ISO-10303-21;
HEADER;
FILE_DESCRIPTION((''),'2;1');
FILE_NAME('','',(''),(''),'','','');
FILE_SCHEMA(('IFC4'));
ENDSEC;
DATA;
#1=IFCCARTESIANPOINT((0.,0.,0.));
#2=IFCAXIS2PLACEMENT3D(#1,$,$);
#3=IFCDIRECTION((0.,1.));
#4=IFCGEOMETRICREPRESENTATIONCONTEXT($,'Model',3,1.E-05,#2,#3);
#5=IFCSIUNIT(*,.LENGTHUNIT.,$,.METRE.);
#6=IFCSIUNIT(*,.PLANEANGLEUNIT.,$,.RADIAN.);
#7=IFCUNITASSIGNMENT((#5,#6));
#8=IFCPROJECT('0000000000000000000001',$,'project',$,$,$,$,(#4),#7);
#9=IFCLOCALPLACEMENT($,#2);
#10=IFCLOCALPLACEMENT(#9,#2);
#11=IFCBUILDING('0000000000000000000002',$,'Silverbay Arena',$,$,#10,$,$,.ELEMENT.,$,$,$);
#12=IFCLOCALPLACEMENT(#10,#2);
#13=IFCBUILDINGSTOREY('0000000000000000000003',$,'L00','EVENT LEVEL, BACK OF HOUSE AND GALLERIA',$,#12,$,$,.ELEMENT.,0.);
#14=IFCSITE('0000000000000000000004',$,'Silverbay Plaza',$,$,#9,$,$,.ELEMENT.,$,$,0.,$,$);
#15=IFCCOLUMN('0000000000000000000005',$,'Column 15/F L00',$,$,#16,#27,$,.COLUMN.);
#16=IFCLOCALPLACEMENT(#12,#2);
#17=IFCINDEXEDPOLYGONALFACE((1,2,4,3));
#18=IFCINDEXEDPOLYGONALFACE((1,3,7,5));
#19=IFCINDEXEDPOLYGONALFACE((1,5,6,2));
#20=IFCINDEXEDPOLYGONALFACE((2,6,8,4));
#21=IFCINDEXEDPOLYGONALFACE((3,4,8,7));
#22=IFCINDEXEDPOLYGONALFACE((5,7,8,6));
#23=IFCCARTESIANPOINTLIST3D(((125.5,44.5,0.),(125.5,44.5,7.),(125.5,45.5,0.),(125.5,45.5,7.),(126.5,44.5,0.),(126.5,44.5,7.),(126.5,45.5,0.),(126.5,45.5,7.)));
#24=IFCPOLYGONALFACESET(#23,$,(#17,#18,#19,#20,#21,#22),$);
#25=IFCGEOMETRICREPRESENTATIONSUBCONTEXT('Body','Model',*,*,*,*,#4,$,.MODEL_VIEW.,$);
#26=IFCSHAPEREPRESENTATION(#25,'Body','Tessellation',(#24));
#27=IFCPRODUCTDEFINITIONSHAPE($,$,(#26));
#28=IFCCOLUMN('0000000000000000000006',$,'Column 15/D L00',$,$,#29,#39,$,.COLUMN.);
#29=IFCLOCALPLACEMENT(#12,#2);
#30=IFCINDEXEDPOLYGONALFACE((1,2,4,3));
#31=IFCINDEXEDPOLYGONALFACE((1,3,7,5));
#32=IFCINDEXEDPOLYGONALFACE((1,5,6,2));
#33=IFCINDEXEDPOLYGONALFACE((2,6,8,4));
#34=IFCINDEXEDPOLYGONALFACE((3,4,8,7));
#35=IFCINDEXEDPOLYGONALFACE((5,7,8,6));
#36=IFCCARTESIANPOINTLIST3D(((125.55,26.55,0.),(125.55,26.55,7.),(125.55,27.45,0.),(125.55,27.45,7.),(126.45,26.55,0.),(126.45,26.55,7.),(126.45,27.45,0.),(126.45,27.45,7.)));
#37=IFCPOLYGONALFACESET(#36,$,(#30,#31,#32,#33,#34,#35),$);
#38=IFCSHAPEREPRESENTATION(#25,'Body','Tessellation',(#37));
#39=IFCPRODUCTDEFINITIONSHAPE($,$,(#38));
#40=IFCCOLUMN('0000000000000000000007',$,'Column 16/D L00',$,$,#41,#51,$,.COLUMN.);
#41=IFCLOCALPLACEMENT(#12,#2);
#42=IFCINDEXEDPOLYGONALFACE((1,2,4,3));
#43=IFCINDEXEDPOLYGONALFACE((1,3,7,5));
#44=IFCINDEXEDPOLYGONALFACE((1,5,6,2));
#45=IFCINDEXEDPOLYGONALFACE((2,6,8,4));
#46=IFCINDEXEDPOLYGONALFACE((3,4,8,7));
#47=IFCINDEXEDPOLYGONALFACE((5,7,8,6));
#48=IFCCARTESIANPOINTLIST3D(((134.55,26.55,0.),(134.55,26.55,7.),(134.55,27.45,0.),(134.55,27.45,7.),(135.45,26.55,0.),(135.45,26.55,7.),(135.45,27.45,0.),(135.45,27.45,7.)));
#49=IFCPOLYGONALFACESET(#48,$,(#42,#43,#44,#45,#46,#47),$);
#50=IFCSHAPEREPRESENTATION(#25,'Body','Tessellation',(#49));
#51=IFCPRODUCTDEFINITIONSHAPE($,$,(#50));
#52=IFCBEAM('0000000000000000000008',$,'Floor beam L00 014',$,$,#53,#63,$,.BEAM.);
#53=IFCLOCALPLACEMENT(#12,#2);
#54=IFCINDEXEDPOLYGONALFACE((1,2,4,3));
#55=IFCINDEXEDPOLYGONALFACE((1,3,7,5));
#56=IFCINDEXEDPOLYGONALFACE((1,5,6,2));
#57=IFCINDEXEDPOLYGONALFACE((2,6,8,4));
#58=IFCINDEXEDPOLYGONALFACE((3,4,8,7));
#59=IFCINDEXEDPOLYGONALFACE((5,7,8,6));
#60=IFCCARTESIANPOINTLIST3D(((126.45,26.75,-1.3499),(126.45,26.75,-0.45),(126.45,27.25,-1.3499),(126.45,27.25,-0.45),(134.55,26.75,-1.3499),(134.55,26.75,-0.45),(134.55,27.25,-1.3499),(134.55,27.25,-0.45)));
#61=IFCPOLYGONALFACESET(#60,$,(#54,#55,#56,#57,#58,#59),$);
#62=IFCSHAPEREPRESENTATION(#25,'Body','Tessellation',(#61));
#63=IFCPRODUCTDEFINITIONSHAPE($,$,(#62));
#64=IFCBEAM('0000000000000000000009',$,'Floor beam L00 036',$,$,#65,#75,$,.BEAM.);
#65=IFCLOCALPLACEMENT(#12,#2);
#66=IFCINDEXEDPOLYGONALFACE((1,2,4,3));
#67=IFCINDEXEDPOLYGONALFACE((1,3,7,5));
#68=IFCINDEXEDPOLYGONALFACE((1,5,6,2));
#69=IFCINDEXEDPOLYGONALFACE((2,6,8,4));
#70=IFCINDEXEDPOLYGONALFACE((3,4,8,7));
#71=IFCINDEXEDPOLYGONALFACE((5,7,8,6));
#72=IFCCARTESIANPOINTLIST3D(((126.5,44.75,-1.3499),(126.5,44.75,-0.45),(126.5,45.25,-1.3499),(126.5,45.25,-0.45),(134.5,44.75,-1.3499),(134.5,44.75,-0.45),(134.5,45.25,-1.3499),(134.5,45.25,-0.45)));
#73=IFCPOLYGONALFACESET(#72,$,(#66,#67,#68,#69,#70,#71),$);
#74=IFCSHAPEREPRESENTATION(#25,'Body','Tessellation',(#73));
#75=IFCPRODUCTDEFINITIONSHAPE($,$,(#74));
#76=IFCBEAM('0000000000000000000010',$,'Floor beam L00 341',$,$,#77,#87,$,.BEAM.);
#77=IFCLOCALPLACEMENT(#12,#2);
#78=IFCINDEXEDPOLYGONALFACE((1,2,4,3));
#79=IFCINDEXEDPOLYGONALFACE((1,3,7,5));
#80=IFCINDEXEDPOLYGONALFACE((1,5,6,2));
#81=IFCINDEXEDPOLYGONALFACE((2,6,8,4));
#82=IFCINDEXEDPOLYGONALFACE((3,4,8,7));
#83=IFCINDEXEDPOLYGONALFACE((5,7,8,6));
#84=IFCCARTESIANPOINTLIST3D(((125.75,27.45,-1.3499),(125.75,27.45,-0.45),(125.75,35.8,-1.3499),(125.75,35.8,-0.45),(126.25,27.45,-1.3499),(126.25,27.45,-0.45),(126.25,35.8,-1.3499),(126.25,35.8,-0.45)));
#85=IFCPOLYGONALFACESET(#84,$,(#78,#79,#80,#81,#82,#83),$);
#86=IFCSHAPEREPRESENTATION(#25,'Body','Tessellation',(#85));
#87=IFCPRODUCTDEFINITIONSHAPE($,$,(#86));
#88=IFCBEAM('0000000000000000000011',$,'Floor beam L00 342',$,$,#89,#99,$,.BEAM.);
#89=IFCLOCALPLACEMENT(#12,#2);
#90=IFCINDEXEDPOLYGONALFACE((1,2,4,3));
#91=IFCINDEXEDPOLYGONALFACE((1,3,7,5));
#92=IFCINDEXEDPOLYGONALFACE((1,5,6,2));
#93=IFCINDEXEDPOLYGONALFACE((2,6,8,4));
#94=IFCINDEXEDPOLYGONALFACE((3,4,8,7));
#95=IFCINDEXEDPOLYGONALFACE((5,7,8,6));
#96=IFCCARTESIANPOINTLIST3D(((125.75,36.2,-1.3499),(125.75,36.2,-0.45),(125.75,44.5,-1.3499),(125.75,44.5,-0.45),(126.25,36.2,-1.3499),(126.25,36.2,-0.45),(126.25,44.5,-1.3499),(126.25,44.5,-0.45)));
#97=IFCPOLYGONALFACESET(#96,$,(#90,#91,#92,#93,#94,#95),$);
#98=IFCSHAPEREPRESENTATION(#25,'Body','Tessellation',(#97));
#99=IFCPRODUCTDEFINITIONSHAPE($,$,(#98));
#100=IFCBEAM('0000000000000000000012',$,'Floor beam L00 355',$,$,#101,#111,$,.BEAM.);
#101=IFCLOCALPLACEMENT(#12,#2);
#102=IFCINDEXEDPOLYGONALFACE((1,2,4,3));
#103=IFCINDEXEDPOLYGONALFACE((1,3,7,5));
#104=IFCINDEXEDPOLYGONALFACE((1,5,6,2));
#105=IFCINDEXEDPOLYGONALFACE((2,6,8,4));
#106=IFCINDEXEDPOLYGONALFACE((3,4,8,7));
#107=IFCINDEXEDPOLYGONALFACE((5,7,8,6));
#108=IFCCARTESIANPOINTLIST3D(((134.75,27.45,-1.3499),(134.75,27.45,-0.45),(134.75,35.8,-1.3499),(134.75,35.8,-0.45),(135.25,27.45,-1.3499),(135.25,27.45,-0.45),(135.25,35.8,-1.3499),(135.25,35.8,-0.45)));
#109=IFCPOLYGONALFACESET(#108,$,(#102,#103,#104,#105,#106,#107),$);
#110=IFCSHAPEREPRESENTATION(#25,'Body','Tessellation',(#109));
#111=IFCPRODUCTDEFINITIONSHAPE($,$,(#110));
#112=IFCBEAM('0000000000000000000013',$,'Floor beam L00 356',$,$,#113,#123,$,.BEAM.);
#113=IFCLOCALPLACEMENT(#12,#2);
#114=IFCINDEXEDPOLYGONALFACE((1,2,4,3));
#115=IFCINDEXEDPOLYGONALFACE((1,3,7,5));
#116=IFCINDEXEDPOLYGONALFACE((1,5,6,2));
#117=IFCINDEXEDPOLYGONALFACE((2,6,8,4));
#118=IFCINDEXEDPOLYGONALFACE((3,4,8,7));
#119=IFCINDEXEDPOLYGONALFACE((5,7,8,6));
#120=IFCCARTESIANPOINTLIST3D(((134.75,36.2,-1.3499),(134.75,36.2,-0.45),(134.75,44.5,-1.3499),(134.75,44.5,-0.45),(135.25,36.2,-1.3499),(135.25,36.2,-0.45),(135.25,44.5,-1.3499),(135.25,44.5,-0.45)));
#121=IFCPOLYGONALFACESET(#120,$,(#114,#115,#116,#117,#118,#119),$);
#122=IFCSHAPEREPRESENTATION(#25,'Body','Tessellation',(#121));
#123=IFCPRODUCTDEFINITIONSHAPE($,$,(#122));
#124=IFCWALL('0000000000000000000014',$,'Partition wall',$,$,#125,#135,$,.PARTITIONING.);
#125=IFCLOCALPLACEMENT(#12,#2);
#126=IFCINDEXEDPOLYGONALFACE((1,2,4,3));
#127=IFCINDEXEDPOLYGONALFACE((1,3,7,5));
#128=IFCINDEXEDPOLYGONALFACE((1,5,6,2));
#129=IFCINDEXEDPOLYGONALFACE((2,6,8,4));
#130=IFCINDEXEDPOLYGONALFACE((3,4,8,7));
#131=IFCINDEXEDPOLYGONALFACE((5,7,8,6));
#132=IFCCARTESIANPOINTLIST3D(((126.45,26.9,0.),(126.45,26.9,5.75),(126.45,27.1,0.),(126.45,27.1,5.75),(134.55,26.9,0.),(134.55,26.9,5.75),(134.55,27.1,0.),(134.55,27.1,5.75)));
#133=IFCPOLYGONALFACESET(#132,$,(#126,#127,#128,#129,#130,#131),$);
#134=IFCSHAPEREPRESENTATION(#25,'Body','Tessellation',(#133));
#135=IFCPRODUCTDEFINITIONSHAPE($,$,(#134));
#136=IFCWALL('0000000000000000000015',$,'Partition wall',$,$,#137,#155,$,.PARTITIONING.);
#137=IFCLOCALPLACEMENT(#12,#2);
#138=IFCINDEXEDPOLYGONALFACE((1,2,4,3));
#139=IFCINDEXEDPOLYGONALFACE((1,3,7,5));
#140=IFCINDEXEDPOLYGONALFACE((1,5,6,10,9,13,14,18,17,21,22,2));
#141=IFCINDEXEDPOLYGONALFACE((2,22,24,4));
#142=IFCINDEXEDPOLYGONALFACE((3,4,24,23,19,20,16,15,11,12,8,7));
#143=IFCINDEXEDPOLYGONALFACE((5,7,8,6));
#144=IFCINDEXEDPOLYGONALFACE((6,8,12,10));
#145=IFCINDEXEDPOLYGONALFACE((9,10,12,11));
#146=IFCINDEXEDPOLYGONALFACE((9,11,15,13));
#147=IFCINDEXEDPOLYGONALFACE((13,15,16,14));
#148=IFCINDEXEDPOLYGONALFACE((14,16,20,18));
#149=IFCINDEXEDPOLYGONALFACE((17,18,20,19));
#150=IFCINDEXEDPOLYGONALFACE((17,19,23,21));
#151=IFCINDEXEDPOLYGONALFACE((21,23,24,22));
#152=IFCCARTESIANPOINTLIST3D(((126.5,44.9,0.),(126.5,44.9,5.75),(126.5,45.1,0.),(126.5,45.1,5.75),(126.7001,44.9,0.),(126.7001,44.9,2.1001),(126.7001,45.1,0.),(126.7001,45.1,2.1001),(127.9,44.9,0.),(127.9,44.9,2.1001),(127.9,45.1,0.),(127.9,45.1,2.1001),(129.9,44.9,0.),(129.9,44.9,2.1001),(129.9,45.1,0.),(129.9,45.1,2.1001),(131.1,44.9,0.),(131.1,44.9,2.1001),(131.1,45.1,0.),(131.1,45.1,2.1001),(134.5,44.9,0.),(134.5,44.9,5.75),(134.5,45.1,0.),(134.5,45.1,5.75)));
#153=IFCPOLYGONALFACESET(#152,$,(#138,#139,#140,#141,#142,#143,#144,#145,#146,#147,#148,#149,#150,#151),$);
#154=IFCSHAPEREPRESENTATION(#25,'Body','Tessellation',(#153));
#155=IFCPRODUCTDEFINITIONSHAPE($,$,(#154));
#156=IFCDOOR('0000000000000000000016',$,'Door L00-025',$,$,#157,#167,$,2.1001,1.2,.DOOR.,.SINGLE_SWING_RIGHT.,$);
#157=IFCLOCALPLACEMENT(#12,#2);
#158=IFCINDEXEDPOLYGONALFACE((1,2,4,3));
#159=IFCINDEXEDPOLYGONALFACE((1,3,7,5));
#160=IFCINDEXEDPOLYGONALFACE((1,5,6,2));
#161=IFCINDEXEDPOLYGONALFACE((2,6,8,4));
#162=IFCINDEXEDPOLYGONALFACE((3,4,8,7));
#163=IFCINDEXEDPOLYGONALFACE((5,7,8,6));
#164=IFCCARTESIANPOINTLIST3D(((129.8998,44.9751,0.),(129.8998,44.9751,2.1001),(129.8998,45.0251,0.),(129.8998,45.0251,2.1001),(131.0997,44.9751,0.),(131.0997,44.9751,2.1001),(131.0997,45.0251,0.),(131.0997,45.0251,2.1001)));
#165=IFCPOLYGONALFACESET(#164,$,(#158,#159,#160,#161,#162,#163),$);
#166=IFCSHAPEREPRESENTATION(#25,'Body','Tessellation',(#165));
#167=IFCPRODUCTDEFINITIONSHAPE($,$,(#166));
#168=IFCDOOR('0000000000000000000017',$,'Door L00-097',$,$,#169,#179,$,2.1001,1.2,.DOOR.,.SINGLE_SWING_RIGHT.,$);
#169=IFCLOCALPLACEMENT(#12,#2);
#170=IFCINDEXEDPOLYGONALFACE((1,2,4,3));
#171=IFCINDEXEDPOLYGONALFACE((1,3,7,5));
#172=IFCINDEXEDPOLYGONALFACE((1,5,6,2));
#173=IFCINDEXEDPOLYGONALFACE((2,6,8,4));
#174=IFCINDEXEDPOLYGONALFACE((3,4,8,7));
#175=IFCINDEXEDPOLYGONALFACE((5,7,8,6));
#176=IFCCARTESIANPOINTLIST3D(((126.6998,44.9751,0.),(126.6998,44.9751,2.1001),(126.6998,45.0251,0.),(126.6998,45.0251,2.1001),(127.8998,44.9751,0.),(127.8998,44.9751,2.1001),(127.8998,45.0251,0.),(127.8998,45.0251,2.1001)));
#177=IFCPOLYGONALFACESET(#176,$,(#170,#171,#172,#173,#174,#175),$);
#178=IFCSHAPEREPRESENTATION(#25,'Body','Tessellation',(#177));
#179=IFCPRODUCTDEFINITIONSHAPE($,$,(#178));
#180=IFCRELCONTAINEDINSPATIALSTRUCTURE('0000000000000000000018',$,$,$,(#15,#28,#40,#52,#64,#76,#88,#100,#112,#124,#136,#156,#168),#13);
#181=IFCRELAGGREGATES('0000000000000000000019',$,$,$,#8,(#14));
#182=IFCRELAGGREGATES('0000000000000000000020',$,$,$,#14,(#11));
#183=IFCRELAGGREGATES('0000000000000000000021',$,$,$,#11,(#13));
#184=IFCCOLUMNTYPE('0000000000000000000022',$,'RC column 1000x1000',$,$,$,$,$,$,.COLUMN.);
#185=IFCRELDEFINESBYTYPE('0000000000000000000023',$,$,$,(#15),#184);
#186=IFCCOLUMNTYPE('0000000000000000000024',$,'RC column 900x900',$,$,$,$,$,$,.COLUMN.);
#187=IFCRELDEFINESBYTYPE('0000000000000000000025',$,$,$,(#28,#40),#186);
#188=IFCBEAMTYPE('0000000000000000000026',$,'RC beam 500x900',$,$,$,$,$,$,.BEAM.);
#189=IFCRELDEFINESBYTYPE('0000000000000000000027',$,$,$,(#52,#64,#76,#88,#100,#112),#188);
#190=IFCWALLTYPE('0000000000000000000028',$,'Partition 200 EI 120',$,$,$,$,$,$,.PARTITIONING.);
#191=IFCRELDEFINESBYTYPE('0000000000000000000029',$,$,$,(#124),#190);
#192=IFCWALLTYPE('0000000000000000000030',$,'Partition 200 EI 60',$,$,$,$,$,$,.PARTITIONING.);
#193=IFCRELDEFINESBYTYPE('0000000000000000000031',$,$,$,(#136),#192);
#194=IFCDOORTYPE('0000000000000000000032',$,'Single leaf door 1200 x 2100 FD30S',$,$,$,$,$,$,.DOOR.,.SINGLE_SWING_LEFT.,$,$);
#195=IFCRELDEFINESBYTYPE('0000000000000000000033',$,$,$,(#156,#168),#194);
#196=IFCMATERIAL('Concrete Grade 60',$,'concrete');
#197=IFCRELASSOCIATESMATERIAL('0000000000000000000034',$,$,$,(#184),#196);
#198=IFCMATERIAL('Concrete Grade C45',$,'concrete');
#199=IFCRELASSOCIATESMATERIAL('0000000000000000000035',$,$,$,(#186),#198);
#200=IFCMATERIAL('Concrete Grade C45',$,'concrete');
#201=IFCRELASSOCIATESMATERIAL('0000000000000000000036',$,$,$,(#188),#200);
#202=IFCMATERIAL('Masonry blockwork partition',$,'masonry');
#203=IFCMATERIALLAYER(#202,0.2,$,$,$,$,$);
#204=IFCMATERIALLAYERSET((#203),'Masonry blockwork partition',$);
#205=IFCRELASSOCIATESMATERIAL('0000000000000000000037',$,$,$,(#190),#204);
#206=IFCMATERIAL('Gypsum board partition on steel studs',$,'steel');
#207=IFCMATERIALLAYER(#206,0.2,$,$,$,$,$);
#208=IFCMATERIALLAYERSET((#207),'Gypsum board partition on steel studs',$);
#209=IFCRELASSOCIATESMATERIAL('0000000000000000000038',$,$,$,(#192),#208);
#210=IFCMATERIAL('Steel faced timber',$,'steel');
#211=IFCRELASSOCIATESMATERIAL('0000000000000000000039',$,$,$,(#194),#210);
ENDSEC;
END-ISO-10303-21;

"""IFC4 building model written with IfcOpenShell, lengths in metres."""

from ifc_helpers import new_model, si_unit, direction, frame, frame_2d, origin, origin_2d, place, context, subcontext, project, spatial, rectangle, extrude, material, layer, layer_set, material_profile, profile_set, type_object, element, fill, save


model = new_model("IFC4")

# Units and contexts
model_context = context("Model", 3, precision=1e-05, world=origin(), true_north=direction((0.0, 1.0)))
body_context = subcontext(model_context, "Body", "Model", "MODEL_VIEW")
ifc_project = project(units=[si_unit("LENGTHUNIT", "METRE"), si_unit("PLANEANGLEUNIT", "RADIAN")], contexts=[model_context])

# Site, building, storey
site_placement = place(None, origin())
site = spatial("IfcSite", under=ifc_project, at=site_placement, Name="Silverbay Plaza", CompositionType="ELEMENT", RefElevation=0.0)
building_placement = place(site_placement, origin())
building = spatial("IfcBuilding", under=site, at=building_placement, Name="Silverbay Arena", CompositionType="ELEMENT")
storey_placement = place(building_placement, origin())
storey = spatial("IfcBuildingStorey", under=building, at=storey_placement, Name="L00", Description="EVENT LEVEL, BACK OF HOUSE AND GALLERIA", CompositionType="ELEMENT", Elevation=0.0)

# Columns
ifc_material_1 = material(Name="Concrete Grade 60", Category="concrete")
ifc_material_profile_1 = material_profile(ifc_material_1, rectangle(XDim=1.0, YDim=1.0, at=origin_2d()), Name="RC 1000x1000")
ifc_profile_set_1 = profile_set([ifc_material_profile_1], Name="Concrete Grade 60")
column_type_1 = type_object("IfcColumnType", Name="RC column 1000x1000", PredefinedType="COLUMN", material=ifc_profile_set_1)
column_placement = place(storey_placement, frame((126.0, 45.0, 0.0), z_axis=(0.0, 0.0, 1.0), x_axis=(1.0, 0.0, 0.0)))
element("IfcColumn", 1, at=column_placement, inside=storey, type_object=column_type_1, Name="Column 15/F L00", PredefinedType="COLUMN", context=body_context, shape_type="SweptSolid", body=[
    extrude(rectangle(XDim=1.0, YDim=1.0, at=origin_2d()), origin(), (0.0, 0.0, 1.0), 7.0),
])
ifc_material_2 = material(Name="Concrete Grade C45", Category="concrete")
ifc_material_profile_2 = material_profile(ifc_material_2, rectangle(XDim=0.8999, YDim=0.8999, at=origin_2d()), Name="RC 900x900")
ifc_profile_set_2 = profile_set([ifc_material_profile_2], Name="Concrete Grade C45")
column_type_2 = type_object("IfcColumnType", Name="RC column 900x900", PredefinedType="COLUMN", material=ifc_profile_set_2)
for number, where, z_axis, x_axis, name in (
    (2, (126.0, 27.0, 0.0), (0.0, 0.0, 1.0), (1.0, 0.0, 0.0), "Column 15/D L00"),
    (3, (135.0, 27.0, 0.0), (0.0, 0.0, 1.0), (1.0, 0.0, 0.0), "Column 16/D L00"),
):
    element("IfcColumn", number, at=place(storey_placement, frame(where, z_axis=z_axis, x_axis=x_axis)), inside=storey, type_object=column_type_2, Name=name, PredefinedType="COLUMN", context=body_context, shape_type="SweptSolid", body=[
        extrude(rectangle(XDim=0.8999, YDim=0.8999, at=origin_2d()), origin(), (0.0, 0.0, 1.0), 7.0),
    ])

# Beams
ifc_material_3 = material(Name="Concrete Grade C45", Category="concrete")
ifc_material_profile_3 = material_profile(ifc_material_3, rectangle(XDim=0.5, YDim=0.8999, at=origin_2d()), Name="RC 500x900")
ifc_profile_set_3 = profile_set([ifc_material_profile_3], Name="Concrete Grade C45")
beam_type = type_object("IfcBeamType", Name="RC beam 500x900", PredefinedType="BEAM", material=ifc_profile_set_3)
beam_1_placement = place(storey_placement, frame((126.45, 27.0, -0.8999), z_axis=(1.0, 0.0, 0.0), x_axis=(0.0, 1.0, 0.0)))
element("IfcBeam", 4, at=beam_1_placement, inside=storey, type_object=beam_type, Name="Floor beam L00 014", PredefinedType="BEAM", context=body_context, shape_type="SweptSolid", body=[
    extrude(rectangle(XDim=0.5, YDim=0.8999, at=origin_2d()), origin(), (0.0, 0.0, 1.0), 8.1001),
])
beam_2_placement = place(storey_placement, frame((126.5, 45.0, -0.8999), z_axis=(1.0, 0.0, 0.0), x_axis=(0.0, 1.0, 0.0)))
element("IfcBeam", 5, at=beam_2_placement, inside=storey, type_object=beam_type, Name="Floor beam L00 036", PredefinedType="BEAM", context=body_context, shape_type="SweptSolid", body=[
    extrude(rectangle(XDim=0.5, YDim=0.8999, at=origin_2d()), origin(), (0.0, 0.0, 1.0), 8.0),
])
beam_3_placement = place(storey_placement, frame((126.0, 27.45, -0.8999), z_axis=(0.0, 1.0, 0.0), x_axis=(-1.0, 0.0, 0.0)))
element("IfcBeam", 6, at=beam_3_placement, inside=storey, type_object=beam_type, Name="Floor beam L00 341", PredefinedType="BEAM", context=body_context, shape_type="SweptSolid", body=[
    extrude(rectangle(XDim=0.5, YDim=0.8999, at=origin_2d()), origin(), (0.0, 0.0, 1.0), 8.3501),
])
beam_4_placement = place(storey_placement, frame((126.0, 36.2, -0.8999), z_axis=(0.0, 1.0, 0.0), x_axis=(-1.0, 0.0, 0.0)))
element("IfcBeam", 7, at=beam_4_placement, inside=storey, type_object=beam_type, Name="Floor beam L00 342", PredefinedType="BEAM", context=body_context, shape_type="SweptSolid", body=[
    extrude(rectangle(XDim=0.5, YDim=0.8999, at=origin_2d()), origin(), (0.0, 0.0, 1.0), 8.3),
])
beam_5_placement = place(storey_placement, frame((135.0, 27.45, -0.8999), z_axis=(0.0, 1.0, 0.0), x_axis=(-1.0, 0.0, 0.0)))
element("IfcBeam", 8, at=beam_5_placement, inside=storey, type_object=beam_type, Name="Floor beam L00 355", PredefinedType="BEAM", context=body_context, shape_type="SweptSolid", body=[
    extrude(rectangle(XDim=0.5, YDim=0.8999, at=origin_2d()), origin(), (0.0, 0.0, 1.0), 8.3501),
])
beam_6_placement = place(storey_placement, frame((135.0, 36.2, -0.8999), z_axis=(0.0, 1.0, 0.0), x_axis=(-1.0, 0.0, 0.0)))
element("IfcBeam", 9, at=beam_6_placement, inside=storey, type_object=beam_type, Name="Floor beam L00 356", PredefinedType="BEAM", context=body_context, shape_type="SweptSolid", body=[
    extrude(rectangle(XDim=0.5, YDim=0.8999, at=origin_2d()), origin(), (0.0, 0.0, 1.0), 8.3),
])

# Wall
ifc_material_4 = material(Name="Masonry blockwork partition", Category="masonry")
ifc_layer_1 = layer(ifc_material_4, 0.2)
ifc_layer_set_1 = layer_set([ifc_layer_1], Name="Masonry blockwork partition")
wall_type_1 = type_object("IfcWallType", Name="Partition 200 EI 120", PredefinedType="PARTITIONING", material=ifc_layer_set_1)
wall_1_placement = place(storey_placement, frame((126.45, 27.0, 0.0), z_axis=(0.0, 0.0, 1.0), x_axis=(1.0, 0.0, 0.0)))
element("IfcWall", 10, at=wall_1_placement, inside=storey, type_object=wall_type_1, Name="Partition wall", PredefinedType="PARTITIONING", context=body_context, shape_type="SweptSolid", body=[
    extrude(rectangle(XDim=8.1001, YDim=0.2, at=frame_2d((4.05, 0.0))), origin(), (0.0, 0.0, 1.0), 5.75),
])

# Wall, openings, doors
ifc_material_5 = material(Name="Gypsum board partition on steel studs", Category="steel")
ifc_layer_2 = layer(ifc_material_5, 0.2)
ifc_layer_set_2 = layer_set([ifc_layer_2], Name="Gypsum board partition on steel studs")
wall_type_2 = type_object("IfcWallType", Name="Partition 200 EI 60", PredefinedType="PARTITIONING", material=ifc_layer_set_2)
wall_2_placement = place(storey_placement, frame((126.5, 45.0, 0.0), z_axis=(0.0, 0.0, 1.0), x_axis=(1.0, 0.0, 0.0)))
wall_2 = element("IfcWall", 11, at=wall_2_placement, inside=storey, type_object=wall_type_2, Name="Partition wall", PredefinedType="PARTITIONING", context=body_context, shape_type="SweptSolid", body=[
    extrude(rectangle(XDim=8.0, YDim=0.2, at=frame_2d((4.0, 0.0))), origin(), (0.0, 0.0, 1.0), 5.75),
])
opening_1_placement = place(wall_2_placement, frame((3.3999, 0.0, 0.0)))
opening_1 = element("IfcOpeningElement", 12, at=opening_1_placement, cuts=wall_2, PredefinedType="OPENING", context=body_context, shape_type="SweptSolid", body=[
    extrude(rectangle(XDim=1.2, YDim=2.1001, at=frame_2d((0.6001, 1.05))), frame((0.0, 0.1099, 0.0), z_axis=(0.0, -1.0, 0.0), x_axis=(1.0, 0.0, 0.0)), (0.0, 0.0, 1.0), 0.22),
])
opening_2_placement = place(wall_2_placement, frame((0.2, 0.0, 0.0)))
opening_2 = element("IfcOpeningElement", 13, at=opening_2_placement, cuts=wall_2, PredefinedType="OPENING", context=body_context, shape_type="SweptSolid", body=[
    extrude(rectangle(XDim=1.2, YDim=2.1001, at=frame_2d((0.6001, 1.05))), frame((0.0, 0.1099, 0.0), z_axis=(0.0, -1.0, 0.0), x_axis=(1.0, 0.0, 0.0)), (0.0, 0.0, 1.0), 0.22),
])
ifc_material_6 = material(Name="Steel faced timber", Category="steel")
door_type_1 = type_object("IfcDoorType", Name="Single leaf door 1200 x 2100 FD30S", OperationType="SINGLE_SWING_LEFT", PredefinedType="DOOR", material=ifc_material_6)
door_1_placement = place(opening_1_placement, frame((1.2, 0.0, 0.0), z_axis=(0.0, 0.0, 1.0), x_axis=(-1.0, 0.0, 0.0)))
door_1 = element("IfcDoor", 14, at=door_1_placement, inside=storey, type_object=door_type_1, Name="Door L00-025", OperationType="SINGLE_SWING_RIGHT", OverallHeight=2.1001, OverallWidth=1.2, PredefinedType="DOOR", context=body_context, shape_type="SweptSolid", body=[
    extrude(rectangle(XDim=1.2, YDim=2.1001, at=frame_2d((0.6001, 1.05))), frame((0.0, 0.0249, 0.0), z_axis=(0.0, -1.0, 0.0), x_axis=(1.0, 0.0, 0.0)), (0.0, 0.0, 1.0), 0.05),
])
fill(opening_1, door_1)
door_2_placement = place(opening_2_placement, frame((1.2, 0.0, 0.0), z_axis=(0.0, 0.0, 1.0), x_axis=(-1.0, 0.0, 0.0)))
door_2 = element("IfcDoor", 15, at=door_2_placement, inside=storey, type_object=door_type_1, Name="Door L00-097", OperationType="SINGLE_SWING_RIGHT", OverallHeight=2.1001, OverallWidth=1.2, PredefinedType="DOOR", context=body_context, shape_type="SweptSolid", body=[
    extrude(rectangle(XDim=1.2, YDim=2.1001, at=frame_2d((0.6001, 1.05))), frame((0.0, 0.0249, 0.0), z_axis=(0.0, -1.0, 0.0), x_axis=(1.0, 0.0, 0.0)), (0.0, 0.0, 1.0), 0.05),
])
fill(opening_2, door_2)

save(model, "model.ifc")
